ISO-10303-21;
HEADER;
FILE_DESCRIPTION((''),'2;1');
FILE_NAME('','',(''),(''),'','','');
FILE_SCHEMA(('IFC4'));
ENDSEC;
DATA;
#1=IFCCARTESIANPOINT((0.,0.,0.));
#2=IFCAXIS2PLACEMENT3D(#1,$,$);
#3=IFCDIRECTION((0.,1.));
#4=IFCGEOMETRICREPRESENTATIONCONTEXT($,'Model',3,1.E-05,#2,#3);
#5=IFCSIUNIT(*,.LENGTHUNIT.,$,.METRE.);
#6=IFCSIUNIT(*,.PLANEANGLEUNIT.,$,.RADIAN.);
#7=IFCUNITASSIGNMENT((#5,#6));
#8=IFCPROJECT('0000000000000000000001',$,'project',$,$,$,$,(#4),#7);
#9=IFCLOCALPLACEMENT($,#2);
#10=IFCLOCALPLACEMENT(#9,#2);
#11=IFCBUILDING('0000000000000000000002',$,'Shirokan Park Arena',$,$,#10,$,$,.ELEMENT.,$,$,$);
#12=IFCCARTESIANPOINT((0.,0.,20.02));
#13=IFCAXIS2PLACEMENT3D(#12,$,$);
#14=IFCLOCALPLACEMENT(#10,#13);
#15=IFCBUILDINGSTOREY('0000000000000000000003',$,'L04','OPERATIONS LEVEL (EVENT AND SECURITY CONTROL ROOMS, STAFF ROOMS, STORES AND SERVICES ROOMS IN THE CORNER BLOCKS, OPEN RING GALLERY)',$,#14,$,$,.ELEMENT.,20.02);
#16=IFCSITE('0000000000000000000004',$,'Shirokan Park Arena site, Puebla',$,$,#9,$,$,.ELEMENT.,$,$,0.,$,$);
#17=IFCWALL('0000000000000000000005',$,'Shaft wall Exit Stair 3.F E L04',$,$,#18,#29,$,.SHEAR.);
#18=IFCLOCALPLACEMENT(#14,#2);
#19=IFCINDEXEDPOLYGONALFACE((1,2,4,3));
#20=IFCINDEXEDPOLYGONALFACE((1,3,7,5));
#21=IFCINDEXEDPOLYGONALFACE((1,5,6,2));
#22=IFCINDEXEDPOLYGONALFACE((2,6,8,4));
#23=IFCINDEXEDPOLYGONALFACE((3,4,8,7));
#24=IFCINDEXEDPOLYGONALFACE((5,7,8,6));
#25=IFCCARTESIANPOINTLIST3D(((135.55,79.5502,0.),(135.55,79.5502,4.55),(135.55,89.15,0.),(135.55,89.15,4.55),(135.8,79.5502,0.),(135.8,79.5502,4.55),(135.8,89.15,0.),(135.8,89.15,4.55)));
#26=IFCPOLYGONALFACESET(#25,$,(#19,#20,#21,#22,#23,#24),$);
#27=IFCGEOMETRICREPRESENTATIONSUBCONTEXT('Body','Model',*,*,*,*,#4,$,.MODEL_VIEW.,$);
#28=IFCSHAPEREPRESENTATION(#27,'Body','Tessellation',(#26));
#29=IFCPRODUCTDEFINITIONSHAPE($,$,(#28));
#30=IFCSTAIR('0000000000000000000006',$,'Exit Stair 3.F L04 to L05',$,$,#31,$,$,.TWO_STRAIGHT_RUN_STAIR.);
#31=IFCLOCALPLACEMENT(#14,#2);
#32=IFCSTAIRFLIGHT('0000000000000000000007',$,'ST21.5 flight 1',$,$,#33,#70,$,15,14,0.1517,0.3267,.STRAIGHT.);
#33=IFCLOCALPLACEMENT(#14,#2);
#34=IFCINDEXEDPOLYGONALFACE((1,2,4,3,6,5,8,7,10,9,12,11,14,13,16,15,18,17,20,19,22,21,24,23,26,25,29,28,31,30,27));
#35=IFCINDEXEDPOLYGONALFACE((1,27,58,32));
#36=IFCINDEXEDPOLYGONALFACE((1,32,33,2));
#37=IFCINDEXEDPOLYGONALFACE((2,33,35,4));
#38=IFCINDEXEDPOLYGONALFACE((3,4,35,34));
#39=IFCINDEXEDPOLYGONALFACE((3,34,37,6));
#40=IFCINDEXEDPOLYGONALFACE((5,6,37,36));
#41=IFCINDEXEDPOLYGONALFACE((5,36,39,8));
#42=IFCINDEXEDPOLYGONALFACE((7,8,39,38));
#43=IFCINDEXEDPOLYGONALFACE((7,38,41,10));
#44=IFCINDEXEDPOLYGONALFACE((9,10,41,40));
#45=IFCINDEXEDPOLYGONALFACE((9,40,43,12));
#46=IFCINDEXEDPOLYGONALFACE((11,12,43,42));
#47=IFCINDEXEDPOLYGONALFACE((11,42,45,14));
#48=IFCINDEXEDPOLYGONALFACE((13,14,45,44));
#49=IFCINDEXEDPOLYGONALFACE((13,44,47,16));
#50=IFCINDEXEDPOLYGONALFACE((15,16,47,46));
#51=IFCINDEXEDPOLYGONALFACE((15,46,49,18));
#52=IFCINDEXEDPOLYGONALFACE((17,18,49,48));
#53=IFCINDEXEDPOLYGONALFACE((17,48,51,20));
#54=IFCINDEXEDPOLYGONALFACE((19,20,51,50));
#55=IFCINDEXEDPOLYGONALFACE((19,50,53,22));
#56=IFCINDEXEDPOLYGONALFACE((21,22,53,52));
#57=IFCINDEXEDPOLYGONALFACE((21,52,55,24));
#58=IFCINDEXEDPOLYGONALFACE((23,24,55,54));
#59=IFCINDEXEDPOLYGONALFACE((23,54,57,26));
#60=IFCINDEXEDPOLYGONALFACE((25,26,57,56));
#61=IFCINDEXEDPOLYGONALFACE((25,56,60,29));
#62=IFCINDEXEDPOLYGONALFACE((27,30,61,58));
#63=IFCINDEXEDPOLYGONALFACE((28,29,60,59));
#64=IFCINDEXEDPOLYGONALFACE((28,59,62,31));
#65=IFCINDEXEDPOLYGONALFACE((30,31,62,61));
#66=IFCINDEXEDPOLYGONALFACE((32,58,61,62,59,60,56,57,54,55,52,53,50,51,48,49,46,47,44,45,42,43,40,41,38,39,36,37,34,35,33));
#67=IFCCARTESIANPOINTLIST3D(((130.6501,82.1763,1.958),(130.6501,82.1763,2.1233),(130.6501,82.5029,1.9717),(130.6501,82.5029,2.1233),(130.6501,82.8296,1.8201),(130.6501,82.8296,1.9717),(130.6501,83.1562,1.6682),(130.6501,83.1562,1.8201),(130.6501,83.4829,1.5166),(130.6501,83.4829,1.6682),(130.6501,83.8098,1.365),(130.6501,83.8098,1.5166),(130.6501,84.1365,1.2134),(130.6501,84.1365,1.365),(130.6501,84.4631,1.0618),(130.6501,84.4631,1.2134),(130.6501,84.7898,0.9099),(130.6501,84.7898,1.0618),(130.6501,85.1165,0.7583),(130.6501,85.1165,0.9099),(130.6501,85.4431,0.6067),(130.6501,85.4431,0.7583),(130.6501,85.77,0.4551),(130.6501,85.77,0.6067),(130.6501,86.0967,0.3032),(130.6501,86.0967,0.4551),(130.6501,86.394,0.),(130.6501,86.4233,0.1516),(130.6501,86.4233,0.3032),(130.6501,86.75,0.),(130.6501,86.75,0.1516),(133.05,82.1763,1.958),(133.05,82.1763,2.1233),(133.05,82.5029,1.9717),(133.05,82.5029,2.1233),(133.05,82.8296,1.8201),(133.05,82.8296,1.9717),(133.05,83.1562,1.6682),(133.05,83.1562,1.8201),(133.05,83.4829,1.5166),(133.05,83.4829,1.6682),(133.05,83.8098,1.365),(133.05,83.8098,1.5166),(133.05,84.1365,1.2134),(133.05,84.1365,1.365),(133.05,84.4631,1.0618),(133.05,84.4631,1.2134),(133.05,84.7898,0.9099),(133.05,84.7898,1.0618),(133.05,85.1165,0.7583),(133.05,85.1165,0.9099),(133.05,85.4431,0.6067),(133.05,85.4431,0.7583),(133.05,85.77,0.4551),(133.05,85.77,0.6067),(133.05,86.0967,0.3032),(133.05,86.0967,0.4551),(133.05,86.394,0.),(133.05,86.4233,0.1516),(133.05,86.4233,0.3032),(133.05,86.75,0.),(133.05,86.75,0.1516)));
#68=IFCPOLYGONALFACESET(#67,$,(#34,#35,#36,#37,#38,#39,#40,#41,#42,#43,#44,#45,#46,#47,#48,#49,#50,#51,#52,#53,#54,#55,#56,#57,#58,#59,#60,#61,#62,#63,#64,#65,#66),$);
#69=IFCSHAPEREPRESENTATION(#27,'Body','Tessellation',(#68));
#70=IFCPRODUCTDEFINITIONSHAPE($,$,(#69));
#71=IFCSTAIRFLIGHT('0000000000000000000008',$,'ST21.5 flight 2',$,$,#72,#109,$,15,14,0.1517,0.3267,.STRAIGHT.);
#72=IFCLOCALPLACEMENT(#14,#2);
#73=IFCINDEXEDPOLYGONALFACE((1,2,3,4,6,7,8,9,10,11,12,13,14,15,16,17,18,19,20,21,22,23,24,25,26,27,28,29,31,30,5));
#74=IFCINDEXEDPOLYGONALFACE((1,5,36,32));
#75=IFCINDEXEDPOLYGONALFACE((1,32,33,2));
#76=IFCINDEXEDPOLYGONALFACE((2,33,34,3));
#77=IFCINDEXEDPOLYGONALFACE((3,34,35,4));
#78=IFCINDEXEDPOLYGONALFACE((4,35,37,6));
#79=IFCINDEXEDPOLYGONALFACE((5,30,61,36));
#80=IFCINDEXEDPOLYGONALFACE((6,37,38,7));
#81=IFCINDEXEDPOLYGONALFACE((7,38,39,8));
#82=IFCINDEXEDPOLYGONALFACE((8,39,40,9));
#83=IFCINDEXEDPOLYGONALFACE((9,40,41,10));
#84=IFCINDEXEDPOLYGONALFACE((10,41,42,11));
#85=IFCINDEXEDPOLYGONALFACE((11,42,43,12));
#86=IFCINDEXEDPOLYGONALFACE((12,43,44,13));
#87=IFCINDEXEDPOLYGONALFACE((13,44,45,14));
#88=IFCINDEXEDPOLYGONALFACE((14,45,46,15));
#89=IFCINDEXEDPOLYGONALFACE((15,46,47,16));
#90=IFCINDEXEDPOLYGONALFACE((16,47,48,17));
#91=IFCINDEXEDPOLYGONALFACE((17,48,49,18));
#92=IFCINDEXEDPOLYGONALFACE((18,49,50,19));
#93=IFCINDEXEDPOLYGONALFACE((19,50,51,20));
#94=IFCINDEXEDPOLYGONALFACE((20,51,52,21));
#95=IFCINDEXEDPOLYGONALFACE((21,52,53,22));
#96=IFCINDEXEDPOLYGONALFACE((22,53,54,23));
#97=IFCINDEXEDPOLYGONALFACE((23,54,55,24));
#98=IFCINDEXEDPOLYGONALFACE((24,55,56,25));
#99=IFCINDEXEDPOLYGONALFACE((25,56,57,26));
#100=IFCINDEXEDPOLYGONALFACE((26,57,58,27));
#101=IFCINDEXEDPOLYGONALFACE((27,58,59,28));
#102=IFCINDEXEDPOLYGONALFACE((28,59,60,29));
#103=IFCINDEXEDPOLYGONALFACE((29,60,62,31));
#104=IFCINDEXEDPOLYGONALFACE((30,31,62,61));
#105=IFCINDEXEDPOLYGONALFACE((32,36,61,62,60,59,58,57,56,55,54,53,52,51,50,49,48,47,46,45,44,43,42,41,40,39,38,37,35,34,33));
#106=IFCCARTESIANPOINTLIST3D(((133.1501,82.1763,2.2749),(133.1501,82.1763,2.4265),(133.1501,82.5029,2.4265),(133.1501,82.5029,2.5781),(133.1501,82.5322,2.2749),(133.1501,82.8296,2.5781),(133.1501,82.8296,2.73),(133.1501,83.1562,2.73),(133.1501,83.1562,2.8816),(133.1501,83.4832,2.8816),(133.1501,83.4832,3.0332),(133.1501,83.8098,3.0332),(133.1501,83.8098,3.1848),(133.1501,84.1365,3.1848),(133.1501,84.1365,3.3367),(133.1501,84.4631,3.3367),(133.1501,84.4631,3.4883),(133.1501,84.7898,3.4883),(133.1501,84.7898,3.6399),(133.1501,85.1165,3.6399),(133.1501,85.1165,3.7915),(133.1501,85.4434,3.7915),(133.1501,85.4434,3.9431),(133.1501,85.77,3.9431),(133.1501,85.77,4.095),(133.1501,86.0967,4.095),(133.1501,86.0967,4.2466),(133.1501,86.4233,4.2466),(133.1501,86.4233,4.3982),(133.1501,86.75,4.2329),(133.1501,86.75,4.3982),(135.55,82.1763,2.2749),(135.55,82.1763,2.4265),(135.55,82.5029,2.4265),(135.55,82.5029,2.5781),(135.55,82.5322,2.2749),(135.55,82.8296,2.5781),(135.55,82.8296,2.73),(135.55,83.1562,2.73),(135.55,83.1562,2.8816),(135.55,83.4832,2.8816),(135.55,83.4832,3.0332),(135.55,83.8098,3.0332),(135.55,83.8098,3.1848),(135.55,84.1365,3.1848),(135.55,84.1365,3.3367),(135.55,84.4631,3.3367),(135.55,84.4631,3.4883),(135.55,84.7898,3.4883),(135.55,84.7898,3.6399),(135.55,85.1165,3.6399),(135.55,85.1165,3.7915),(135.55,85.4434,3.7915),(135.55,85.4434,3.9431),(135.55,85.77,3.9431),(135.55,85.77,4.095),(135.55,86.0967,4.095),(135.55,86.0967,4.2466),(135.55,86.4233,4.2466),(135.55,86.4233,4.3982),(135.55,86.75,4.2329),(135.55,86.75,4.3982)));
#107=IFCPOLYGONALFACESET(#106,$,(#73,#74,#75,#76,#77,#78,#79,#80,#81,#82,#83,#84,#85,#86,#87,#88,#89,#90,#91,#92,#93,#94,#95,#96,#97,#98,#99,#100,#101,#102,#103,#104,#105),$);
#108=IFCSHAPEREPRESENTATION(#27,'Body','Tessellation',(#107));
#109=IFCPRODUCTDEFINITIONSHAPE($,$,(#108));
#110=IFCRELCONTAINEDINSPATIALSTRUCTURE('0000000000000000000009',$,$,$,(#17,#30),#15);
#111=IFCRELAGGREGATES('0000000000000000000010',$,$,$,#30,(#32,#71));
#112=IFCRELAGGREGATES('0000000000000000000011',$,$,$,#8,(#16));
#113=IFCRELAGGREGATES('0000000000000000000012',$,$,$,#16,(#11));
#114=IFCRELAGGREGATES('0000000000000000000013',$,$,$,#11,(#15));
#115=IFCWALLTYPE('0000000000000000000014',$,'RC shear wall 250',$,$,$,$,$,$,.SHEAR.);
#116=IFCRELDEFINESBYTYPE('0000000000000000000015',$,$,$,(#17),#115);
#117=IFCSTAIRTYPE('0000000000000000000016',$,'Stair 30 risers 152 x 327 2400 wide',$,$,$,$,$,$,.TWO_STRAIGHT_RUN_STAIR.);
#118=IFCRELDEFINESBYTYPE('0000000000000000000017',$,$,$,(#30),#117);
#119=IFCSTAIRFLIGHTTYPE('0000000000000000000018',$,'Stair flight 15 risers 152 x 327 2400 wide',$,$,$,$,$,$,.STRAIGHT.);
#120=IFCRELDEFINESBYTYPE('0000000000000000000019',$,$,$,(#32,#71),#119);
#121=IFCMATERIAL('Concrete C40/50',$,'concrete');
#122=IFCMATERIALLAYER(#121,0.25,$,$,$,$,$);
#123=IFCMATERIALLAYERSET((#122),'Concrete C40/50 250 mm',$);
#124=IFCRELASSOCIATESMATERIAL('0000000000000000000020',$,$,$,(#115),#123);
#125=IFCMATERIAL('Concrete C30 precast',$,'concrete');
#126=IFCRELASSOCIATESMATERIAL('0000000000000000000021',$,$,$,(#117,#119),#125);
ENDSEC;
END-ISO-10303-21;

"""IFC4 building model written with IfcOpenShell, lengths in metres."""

from ifc_helpers import new_model, si_unit, direction, frame, frame_2d, origin, place, context, subcontext, project, spatial, polyline, rectangle, outline, extrude, material, layer, layer_set, type_object, element, aggregate, save


model = new_model("IFC4")

# Units and contexts
model_context = context("Model", 3, precision=1e-05, world=origin(), true_north=direction((0.0, 1.0)))
body_context = subcontext(model_context, "Body", "Model", "MODEL_VIEW")
ifc_project = project(units=[si_unit("LENGTHUNIT", "METRE"), si_unit("PLANEANGLEUNIT", "RADIAN")], contexts=[model_context])

# Site, building, storey
site_placement = place(None, origin())
site = spatial("IfcSite", under=ifc_project, at=site_placement, Name="Shirokan Park Arena site, Puebla", CompositionType="ELEMENT", RefElevation=0.0)
building_placement = place(site_placement, origin())
building = spatial("IfcBuilding", under=site, at=building_placement, Name="Shirokan Park Arena", CompositionType="ELEMENT")
storey_placement = place(building_placement, frame((0.0, 0.0, 20.02)))
storey = spatial("IfcBuildingStorey", under=building, at=storey_placement, Name="L04", Description="OPERATIONS LEVEL (EVENT AND SECURITY CONTROL ROOMS, STAFF ROOMS, STORES AND SERVICES ROOMS IN THE CORNER BLOCKS, OPEN RING GALLERY)", CompositionType="ELEMENT", Elevation=20.02)

# Shared definitions
ifc_material_1 = material(Name="Concrete C40/50", Category="concrete")
ifc_layer_1 = layer(ifc_material_1, 0.25)
ifc_layer_set_1 = layer_set([ifc_layer_1], Name="Concrete C40/50 250 mm")
wall_type_1 = type_object("IfcWallType", Name="RC shear wall 250", PredefinedType="SHEAR", material=ifc_layer_set_1)

# Wall
for number, where, z_axis, x_axis, name in (
    (1, (135.675, 89.1499, 0.0), (0.0, 0.0, 1.0), (0.0, -1.0, 0.0), "Shaft wall Exit Stair 3.F E L04"),
):
    element("IfcWall", number, at=place(storey_placement, frame(where, z_axis=z_axis, x_axis=x_axis)), inside=storey, type_object=wall_type_1, Name=name, PredefinedType="SHEAR", context=body_context, shape_type="SweptSolid", body=[
        extrude(rectangle(XDim=9.5999, YDim=0.25, at=frame_2d((4.7998, 0.0))), origin(), (0.0, 0.0, 1.0), 4.55),
    ])

# Stair, stair flights
ifc_material_2 = material(Name="Concrete C30 precast", Category="concrete")
stair_type = type_object("IfcStairType", Name="Stair 30 risers 152 x 327 2400 wide", PredefinedType="TWO_STRAIGHT_RUN_STAIR", material=ifc_material_2)
stair_placement = place(storey_placement, origin())
stair = element("IfcStair", 2, at=stair_placement, inside=storey, type_object=stair_type, Name="Exit Stair 3.F L04 to L05", PredefinedType="TWO_STRAIGHT_RUN_STAIR")
stair_flight_type = type_object("IfcStairFlightType", Name="Stair flight 15 risers 152 x 327 2400 wide", PredefinedType="STRAIGHT", material=ifc_material_2)
stair_flight_1_placement = place(storey_placement, frame((131.8501, 86.75, 0.0), z_axis=(0.0, 0.0, 1.0), x_axis=(0.0, -1.0, 0.0)))
stair_flight_1 = element("IfcStairFlight", 3, at=stair_flight_1_placement, type_object=stair_flight_type, Name="ST21.5 flight 1", NumberOfRisers=15, NumberOfTreads=14, PredefinedType="STRAIGHT", RiserHeight=0.1517, TreadLength=0.3267, context=body_context, shape_type="SweptSolid", body=[
    extrude(outline(polyline([(0.0, 0.0), (0.0, 0.1516), (0.3267, 0.1516), (0.3267, 0.3032), (0.6533, 0.3032), (0.6533, 0.4551), (0.98, 0.4551), (0.98, 0.6067), (1.3069, 0.6067), (1.3069, 0.7583), (1.6335, 0.7583), (1.6335, 0.9099), (1.9602, 0.9099), (1.9602, 1.0618), (2.2869, 1.0618), (2.2869, 1.2134), (2.6135, 1.2134), (2.6135, 1.365), (2.9402, 1.365), (2.9402, 1.5166), (3.2671, 1.5166), (3.2671, 1.6682), (3.5938, 1.6682), (3.5938, 1.8201), (3.9204, 1.8201), (3.9204, 1.9717), (4.2471, 1.9717), (4.2471, 2.1233), (4.5737, 2.1233), (4.5737, 2.2749), (4.5737, 1.958), (0.356, 0.0), (0.0, 0.0)])), frame((0.0, 1.2, 0.0), z_axis=(0.0, -1.0, 0.0), x_axis=(1.0, 0.0, 0.0)), (0.0, 0.0, 1.0), 2.3999),
])
stair_flight_2_placement = place(storey_placement, frame((134.3501, 82.1763, 2.2749), z_axis=(0.0, 0.0, 1.0), x_axis=(0.0, 1.0, 0.0)))
stair_flight_2 = element("IfcStairFlight", 4, at=stair_flight_2_placement, type_object=stair_flight_type, Name="ST21.5 flight 2", NumberOfRisers=15, NumberOfTreads=14, PredefinedType="STRAIGHT", RiserHeight=0.1517, TreadLength=0.3267, context=body_context, shape_type="SweptSolid", body=[
    extrude(outline(polyline([(0.0, 0.0), (0.0, 0.1516), (0.3267, 0.1516), (0.3267, 0.3032), (0.6533, 0.3032), (0.6533, 0.4551), (0.98, 0.4551), (0.98, 0.6067), (1.3069, 0.6067), (1.3069, 0.7583), (1.6335, 0.7583), (1.6335, 0.9099), (1.9602, 0.9099), (1.9602, 1.0618), (2.2869, 1.0618), (2.2869, 1.2134), (2.6135, 1.2134), (2.6135, 1.365), (2.9402, 1.365), (2.9402, 1.5166), (3.2671, 1.5166), (3.2671, 1.6682), (3.5938, 1.6682), (3.5938, 1.8201), (3.9204, 1.8201), (3.9204, 1.9717), (4.2471, 1.9717), (4.2471, 2.1233), (4.5737, 2.1233), (4.5737, 2.2749), (4.5737, 1.958), (0.356, 0.0), (0.0, 0.0)])), frame((0.0, 1.2, 0.0), z_axis=(0.0, -1.0, 0.0), x_axis=(1.0, 0.0, 0.0)), (0.0, 0.0, 1.0), 2.3999),
])
aggregate(stair, [stair_flight_1, stair_flight_2])

save(model, "model.ifc")
